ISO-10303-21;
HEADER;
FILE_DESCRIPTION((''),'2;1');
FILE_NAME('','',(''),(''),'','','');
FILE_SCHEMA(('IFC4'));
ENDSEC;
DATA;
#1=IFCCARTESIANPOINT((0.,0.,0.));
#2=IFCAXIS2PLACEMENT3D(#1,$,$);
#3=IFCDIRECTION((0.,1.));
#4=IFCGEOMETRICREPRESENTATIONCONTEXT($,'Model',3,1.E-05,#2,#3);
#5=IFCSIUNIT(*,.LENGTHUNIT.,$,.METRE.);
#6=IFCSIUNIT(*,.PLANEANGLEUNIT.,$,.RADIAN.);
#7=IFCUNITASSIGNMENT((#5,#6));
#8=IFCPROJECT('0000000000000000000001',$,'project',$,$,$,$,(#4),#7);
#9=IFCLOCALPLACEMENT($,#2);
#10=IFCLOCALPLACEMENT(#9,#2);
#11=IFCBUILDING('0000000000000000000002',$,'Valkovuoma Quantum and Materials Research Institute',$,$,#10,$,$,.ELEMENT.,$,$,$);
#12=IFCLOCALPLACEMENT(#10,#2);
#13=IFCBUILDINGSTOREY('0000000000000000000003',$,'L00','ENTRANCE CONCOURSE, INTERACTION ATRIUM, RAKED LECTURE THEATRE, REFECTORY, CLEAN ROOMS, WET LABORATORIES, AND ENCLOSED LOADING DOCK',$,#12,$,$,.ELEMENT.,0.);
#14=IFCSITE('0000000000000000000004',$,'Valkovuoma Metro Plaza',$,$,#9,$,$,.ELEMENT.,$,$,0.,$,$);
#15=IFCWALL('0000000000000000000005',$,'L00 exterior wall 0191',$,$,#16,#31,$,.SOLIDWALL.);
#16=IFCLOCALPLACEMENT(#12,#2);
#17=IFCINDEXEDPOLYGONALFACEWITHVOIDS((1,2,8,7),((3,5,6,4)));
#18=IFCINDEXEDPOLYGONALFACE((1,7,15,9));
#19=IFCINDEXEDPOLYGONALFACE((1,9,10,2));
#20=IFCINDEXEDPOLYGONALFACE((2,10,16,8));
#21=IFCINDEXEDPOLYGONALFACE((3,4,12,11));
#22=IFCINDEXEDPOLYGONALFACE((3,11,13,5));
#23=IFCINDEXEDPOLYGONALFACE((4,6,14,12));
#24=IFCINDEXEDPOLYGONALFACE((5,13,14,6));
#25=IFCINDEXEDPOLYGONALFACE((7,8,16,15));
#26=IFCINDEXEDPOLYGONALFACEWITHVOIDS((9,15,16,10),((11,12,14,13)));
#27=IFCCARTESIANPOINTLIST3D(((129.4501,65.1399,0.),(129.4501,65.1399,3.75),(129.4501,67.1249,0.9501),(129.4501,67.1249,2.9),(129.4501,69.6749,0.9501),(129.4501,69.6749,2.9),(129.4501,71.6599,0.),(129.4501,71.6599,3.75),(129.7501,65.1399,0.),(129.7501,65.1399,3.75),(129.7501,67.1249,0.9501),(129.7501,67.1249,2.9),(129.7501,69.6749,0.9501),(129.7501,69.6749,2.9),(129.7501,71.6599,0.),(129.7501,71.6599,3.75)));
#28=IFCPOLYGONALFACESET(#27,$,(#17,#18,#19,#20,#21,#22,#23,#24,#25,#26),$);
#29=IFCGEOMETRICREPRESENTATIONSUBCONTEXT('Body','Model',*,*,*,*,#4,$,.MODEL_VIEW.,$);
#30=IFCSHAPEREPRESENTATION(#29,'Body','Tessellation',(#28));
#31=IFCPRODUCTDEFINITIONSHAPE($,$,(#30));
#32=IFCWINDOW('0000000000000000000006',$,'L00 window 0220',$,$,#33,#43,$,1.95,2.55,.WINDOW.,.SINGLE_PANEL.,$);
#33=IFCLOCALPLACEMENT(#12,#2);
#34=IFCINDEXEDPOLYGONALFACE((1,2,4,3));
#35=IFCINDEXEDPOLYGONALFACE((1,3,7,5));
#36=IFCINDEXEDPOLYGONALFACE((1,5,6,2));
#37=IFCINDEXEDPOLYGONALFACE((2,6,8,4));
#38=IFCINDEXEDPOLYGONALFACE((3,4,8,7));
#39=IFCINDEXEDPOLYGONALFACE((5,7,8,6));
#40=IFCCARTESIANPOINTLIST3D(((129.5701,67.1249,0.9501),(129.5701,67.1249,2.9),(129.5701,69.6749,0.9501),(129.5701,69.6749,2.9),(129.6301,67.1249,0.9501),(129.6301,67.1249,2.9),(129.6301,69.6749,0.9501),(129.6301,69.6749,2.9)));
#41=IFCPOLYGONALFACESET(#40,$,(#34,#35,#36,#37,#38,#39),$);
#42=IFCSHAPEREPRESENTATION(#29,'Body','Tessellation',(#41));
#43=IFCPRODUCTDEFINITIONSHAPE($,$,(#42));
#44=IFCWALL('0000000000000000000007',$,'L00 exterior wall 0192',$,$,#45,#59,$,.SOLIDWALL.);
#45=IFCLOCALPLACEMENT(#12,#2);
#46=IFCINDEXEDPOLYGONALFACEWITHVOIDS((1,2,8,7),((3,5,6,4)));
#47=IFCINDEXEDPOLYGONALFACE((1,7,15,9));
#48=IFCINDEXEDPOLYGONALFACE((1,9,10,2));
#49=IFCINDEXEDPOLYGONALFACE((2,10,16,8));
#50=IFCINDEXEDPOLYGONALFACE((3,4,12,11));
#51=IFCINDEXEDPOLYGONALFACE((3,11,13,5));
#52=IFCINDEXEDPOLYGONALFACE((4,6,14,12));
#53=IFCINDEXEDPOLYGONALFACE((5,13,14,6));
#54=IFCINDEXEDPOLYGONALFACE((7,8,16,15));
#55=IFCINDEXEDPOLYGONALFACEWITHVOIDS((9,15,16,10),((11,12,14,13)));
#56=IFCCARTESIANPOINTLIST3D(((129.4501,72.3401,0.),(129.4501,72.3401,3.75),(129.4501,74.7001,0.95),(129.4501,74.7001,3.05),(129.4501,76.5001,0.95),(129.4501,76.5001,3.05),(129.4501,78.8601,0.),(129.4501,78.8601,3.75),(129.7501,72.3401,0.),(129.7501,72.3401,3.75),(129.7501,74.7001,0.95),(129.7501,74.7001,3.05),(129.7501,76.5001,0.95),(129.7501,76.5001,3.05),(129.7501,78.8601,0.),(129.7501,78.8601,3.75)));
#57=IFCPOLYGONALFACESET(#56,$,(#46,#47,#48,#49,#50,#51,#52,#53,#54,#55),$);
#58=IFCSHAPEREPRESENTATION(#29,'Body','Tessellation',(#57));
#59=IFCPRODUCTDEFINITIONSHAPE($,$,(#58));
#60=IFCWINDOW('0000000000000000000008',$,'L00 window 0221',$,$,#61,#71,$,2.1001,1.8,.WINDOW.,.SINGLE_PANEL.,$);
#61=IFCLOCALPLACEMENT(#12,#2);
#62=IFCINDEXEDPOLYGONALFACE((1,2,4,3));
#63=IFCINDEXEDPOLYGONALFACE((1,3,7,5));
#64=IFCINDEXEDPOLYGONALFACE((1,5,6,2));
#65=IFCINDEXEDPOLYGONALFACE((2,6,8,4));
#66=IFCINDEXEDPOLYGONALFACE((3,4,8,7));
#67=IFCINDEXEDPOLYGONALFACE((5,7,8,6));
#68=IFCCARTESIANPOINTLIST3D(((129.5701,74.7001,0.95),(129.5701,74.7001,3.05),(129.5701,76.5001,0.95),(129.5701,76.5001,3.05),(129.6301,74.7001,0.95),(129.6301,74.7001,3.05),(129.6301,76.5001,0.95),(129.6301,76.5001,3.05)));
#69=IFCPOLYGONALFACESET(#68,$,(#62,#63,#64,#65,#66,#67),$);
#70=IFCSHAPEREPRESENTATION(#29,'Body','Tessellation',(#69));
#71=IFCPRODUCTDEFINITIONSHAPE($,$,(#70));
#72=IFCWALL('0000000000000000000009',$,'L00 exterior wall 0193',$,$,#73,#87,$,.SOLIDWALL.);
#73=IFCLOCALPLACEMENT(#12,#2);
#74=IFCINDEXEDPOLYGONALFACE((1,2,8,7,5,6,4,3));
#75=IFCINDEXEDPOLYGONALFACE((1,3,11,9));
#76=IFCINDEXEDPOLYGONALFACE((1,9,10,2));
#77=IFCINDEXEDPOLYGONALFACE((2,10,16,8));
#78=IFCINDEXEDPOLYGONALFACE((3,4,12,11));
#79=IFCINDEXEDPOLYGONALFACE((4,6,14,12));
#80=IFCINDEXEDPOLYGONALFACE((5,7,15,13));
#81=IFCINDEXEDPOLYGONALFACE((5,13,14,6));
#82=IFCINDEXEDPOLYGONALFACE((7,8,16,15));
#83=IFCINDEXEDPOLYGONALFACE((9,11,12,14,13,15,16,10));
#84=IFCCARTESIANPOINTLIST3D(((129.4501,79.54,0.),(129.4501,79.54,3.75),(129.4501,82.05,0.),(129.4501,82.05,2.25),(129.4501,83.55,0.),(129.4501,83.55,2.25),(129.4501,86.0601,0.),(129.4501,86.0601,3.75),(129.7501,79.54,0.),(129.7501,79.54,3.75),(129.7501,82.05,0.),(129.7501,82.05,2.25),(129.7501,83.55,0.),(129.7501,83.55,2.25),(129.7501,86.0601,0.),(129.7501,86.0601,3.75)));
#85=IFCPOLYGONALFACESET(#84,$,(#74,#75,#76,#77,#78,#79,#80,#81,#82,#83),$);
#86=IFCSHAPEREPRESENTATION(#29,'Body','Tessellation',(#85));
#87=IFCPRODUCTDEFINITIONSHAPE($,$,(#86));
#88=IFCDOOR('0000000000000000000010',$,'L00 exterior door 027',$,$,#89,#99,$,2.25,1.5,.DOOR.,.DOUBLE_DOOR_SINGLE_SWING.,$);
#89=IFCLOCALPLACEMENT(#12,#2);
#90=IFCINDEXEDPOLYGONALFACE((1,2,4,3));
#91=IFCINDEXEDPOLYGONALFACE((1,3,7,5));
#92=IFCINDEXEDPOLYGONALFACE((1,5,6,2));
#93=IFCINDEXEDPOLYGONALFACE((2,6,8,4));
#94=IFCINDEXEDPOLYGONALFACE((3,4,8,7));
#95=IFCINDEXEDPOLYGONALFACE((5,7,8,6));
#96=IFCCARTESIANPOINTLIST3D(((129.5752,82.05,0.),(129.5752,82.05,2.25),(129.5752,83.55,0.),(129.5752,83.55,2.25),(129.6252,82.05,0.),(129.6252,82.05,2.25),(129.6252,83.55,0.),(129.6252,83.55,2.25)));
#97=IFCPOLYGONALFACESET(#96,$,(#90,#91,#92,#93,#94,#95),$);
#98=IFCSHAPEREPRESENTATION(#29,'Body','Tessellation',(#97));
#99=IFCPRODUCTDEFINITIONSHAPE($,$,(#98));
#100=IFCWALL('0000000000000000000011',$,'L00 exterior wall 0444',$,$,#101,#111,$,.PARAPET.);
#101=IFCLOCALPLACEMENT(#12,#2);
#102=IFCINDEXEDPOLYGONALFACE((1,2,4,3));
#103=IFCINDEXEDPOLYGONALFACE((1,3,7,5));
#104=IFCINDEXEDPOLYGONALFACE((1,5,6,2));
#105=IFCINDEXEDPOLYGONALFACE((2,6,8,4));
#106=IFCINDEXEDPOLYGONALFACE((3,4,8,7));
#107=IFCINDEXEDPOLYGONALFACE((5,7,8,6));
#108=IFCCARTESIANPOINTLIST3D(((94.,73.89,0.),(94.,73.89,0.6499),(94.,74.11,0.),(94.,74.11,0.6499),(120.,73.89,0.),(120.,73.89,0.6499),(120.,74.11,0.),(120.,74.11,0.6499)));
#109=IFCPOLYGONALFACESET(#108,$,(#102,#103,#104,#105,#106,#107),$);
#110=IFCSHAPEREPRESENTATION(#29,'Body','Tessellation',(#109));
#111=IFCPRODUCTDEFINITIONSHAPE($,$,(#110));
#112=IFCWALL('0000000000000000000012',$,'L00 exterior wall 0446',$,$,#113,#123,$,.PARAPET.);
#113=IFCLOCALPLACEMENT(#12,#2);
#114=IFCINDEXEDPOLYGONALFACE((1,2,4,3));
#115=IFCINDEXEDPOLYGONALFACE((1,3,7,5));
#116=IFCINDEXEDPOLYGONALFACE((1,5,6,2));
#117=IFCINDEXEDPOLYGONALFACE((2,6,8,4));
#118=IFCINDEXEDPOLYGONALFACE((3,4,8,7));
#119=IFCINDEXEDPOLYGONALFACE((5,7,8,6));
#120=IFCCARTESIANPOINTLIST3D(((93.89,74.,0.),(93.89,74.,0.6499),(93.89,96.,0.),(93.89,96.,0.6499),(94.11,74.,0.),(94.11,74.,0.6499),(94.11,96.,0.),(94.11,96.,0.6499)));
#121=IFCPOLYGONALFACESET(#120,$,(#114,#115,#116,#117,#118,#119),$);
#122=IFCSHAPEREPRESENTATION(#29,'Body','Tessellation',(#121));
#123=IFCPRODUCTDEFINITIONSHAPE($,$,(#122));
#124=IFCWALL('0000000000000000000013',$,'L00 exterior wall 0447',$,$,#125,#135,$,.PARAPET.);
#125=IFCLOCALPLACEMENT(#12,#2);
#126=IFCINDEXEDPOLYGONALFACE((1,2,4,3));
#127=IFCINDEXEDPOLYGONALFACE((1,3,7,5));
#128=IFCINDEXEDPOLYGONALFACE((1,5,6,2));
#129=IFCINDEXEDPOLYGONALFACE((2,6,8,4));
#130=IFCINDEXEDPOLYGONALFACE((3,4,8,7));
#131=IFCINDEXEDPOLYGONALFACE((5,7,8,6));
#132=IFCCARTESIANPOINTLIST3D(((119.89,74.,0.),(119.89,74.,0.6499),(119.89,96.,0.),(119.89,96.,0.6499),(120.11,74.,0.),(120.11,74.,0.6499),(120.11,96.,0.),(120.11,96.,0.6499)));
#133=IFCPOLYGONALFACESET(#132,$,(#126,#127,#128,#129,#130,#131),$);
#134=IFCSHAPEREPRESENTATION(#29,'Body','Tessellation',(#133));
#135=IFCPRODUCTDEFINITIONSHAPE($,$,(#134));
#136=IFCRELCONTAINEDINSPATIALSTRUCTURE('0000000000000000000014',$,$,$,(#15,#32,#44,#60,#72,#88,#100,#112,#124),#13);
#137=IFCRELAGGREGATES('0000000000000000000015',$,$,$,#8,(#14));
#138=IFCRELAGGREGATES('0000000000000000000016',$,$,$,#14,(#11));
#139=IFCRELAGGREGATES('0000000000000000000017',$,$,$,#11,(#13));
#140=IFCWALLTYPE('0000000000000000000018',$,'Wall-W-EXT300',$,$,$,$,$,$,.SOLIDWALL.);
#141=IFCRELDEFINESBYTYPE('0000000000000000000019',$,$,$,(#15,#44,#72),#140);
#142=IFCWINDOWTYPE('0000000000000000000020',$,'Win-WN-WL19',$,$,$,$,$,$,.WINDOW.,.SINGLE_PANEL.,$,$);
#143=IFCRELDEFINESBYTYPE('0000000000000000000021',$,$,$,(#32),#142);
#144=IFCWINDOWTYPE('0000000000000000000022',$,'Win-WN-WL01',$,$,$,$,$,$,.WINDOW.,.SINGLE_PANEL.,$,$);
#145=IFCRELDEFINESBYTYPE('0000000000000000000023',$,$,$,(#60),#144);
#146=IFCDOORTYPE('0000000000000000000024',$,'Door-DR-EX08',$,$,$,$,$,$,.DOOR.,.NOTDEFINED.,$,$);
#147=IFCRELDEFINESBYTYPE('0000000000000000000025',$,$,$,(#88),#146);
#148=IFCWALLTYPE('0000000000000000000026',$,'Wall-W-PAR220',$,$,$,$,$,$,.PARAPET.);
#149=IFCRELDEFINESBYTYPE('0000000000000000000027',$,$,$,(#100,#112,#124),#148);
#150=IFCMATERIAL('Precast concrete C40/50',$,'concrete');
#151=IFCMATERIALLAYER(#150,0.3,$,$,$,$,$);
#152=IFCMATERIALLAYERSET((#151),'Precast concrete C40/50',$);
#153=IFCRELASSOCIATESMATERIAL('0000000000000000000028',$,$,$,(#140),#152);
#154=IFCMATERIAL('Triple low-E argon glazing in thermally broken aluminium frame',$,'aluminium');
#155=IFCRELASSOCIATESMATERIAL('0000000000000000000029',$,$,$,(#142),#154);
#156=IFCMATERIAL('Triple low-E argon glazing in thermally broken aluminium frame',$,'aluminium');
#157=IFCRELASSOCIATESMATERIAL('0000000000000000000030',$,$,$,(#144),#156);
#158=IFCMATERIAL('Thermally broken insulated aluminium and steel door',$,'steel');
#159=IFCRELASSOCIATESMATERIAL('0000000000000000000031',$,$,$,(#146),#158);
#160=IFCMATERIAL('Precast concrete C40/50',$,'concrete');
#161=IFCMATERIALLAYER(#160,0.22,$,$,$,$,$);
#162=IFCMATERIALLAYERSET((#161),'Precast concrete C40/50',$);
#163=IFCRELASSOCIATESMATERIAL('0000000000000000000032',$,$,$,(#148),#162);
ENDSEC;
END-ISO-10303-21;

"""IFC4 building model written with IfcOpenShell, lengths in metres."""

from ifc_helpers import new_model, si_unit, direction, frame, frame_2d, origin, place, context, subcontext, project, spatial, rectangle, extrude, material, layer, layer_set, type_object, element, fill, save


model = new_model("IFC4")

# Units and contexts
model_context = context("Model", 3, precision=1e-05, world=origin(), true_north=direction((0.0, 1.0)))
body_context = subcontext(model_context, "Body", "Model", "MODEL_VIEW")
ifc_project = project(units=[si_unit("LENGTHUNIT", "METRE"), si_unit("PLANEANGLEUNIT", "RADIAN")], contexts=[model_context])

# Site, building, storey
site_placement = place(None, origin())
site = spatial("IfcSite", under=ifc_project, at=site_placement, Name="Valkovuoma Metro Plaza", CompositionType="ELEMENT", RefElevation=0.0)
building_placement = place(site_placement, origin())
building = spatial("IfcBuilding", under=site, at=building_placement, Name="Valkovuoma Quantum and Materials Research Institute", CompositionType="ELEMENT")
storey_placement = place(building_placement, origin())
storey = spatial("IfcBuildingStorey", under=building, at=storey_placement, Name="L00", Description="ENTRANCE CONCOURSE, INTERACTION ATRIUM, RAKED LECTURE THEATRE, REFECTORY, CLEAN ROOMS, WET LABORATORIES, AND ENCLOSED LOADING DOCK", CompositionType="ELEMENT", Elevation=0.0)

# Walls, openings, windows
ifc_material_1 = material(Name="Precast concrete C40/50", Category="concrete")
ifc_layer_1 = layer(ifc_material_1, 0.3)
ifc_layer_set_1 = layer_set([ifc_layer_1], Name="Precast concrete C40/50")
wall_type_1 = type_object("IfcWallType", Name="Wall-W-EXT300", PredefinedType="SOLIDWALL", material=ifc_layer_set_1)
wall_1_placement = place(storey_placement, frame((129.6001, 65.1399, 0.0), z_axis=(0.0, 0.0, 1.0), x_axis=(0.0, 1.0, 0.0)))
wall_1 = element("IfcWall", 1, at=wall_1_placement, inside=storey, type_object=wall_type_1, Name="L00 exterior wall 0191", PredefinedType="SOLIDWALL", context=body_context, shape_type="SweptSolid", body=[
    extrude(rectangle(XDim=6.52, YDim=0.3, at=frame_2d((3.26, 0.0))), origin(), (0.0, 0.0, 1.0), 3.75),
])
opening_1_placement = place(wall_1_placement, frame((1.9851, 0.0, 0.95)))
opening_1 = element("IfcOpeningElement", 2, at=opening_1_placement, cuts=wall_1, PredefinedType="OPENING", context=body_context, shape_type="SweptSolid", body=[
    extrude(rectangle(XDim=2.55, YDim=1.95, at=frame_2d((1.2749, 0.9751))), frame((0.0, 0.1602, 0.0), z_axis=(0.0, -1.0, 0.0), x_axis=(1.0, 0.0, 0.0)), (0.0, 0.0, 1.0), 0.3201),
])
ifc_material_2 = material(Name="Triple low-E argon glazing in thermally broken aluminium frame", Category="aluminium")
window_type_1 = type_object("IfcWindowType", Name="Win-WN-WL19", PartitioningType="SINGLE_PANEL", PredefinedType="WINDOW", material=ifc_material_2)
window_1_placement = place(opening_1_placement, origin())
window_1 = element("IfcWindow", 3, at=window_1_placement, inside=storey, type_object=window_type_1, Name="L00 window 0220", OverallHeight=1.95, OverallWidth=2.55, PartitioningType="SINGLE_PANEL", PredefinedType="WINDOW", context=body_context, shape_type="SweptSolid", body=[
    extrude(rectangle(XDim=2.55, YDim=1.95, at=frame_2d((1.2749, 0.9751))), frame((0.0, 0.03, 0.0), z_axis=(0.0, -1.0, 0.0), x_axis=(1.0, 0.0, 0.0)), (0.0, 0.0, 1.0), 0.0601),
])
fill(opening_1, window_1)
wall_2_placement = place(storey_placement, frame((129.6001, 72.3401, 0.0), z_axis=(0.0, 0.0, 1.0), x_axis=(0.0, 1.0, 0.0)))
wall_2 = element("IfcWall", 4, at=wall_2_placement, inside=storey, type_object=wall_type_1, Name="L00 exterior wall 0192", PredefinedType="SOLIDWALL", context=body_context, shape_type="SweptSolid", body=[
    extrude(rectangle(XDim=6.52, YDim=0.3, at=frame_2d((3.26, 0.0))), origin(), (0.0, 0.0, 1.0), 3.75),
])
opening_2_placement = place(wall_2_placement, frame((2.3601, 0.0, 0.95)))
opening_2 = element("IfcOpeningElement", 5, at=opening_2_placement, cuts=wall_2, PredefinedType="OPENING", context=body_context, shape_type="SweptSolid", body=[
    extrude(rectangle(XDim=1.8, YDim=2.1001, at=frame_2d((0.8999, 1.05))), frame((0.0, 0.1602, 0.0), z_axis=(0.0, -1.0, 0.0), x_axis=(1.0, 0.0, 0.0)), (0.0, 0.0, 1.0), 0.3201),
])
ifc_material_3 = material(Name="Triple low-E argon glazing in thermally broken aluminium frame", Category="aluminium")
window_type_2 = type_object("IfcWindowType", Name="Win-WN-WL01", PartitioningType="SINGLE_PANEL", PredefinedType="WINDOW", material=ifc_material_3)
window_2_placement = place(opening_2_placement, origin())
window_2 = element("IfcWindow", 6, at=window_2_placement, inside=storey, type_object=window_type_2, Name="L00 window 0221", OverallHeight=2.1001, OverallWidth=1.8, PartitioningType="SINGLE_PANEL", PredefinedType="WINDOW", context=body_context, shape_type="SweptSolid", body=[
    extrude(rectangle(XDim=1.8, YDim=2.1001, at=frame_2d((0.8999, 1.05))), frame((0.0, 0.03, 0.0), z_axis=(0.0, -1.0, 0.0), x_axis=(1.0, 0.0, 0.0)), (0.0, 0.0, 1.0), 0.0601),
])
fill(opening_2, window_2)

# Wall, opening, door
wall_3_placement = place(storey_placement, frame((129.6001, 79.54, 0.0), z_axis=(0.0, 0.0, 1.0), x_axis=(0.0, 1.0, 0.0)))
wall_3 = element("IfcWall", 7, at=wall_3_placement, inside=storey, type_object=wall_type_1, Name="L00 exterior wall 0193", PredefinedType="SOLIDWALL", context=body_context, shape_type="SweptSolid", body=[
    extrude(rectangle(XDim=6.52, YDim=0.3, at=frame_2d((3.26, 0.0))), origin(), (0.0, 0.0, 1.0), 3.75),
])
opening_3_placement = place(wall_3_placement, frame((2.51, 0.0, 0.0)))
opening_3 = element("IfcOpeningElement", 8, at=opening_3_placement, cuts=wall_3, PredefinedType="OPENING", context=body_context, shape_type="SweptSolid", body=[
    extrude(rectangle(XDim=1.5, YDim=2.25, at=frame_2d((0.75, 1.125))), frame((0.0, 0.1602, 0.0), z_axis=(0.0, -1.0, 0.0), x_axis=(1.0, 0.0, 0.0)), (0.0, 0.0, 1.0), 0.3201),
])
ifc_material_4 = material(Name="Thermally broken insulated aluminium and steel door", Category="steel")
door_type = type_object("IfcDoorType", Name="Door-DR-EX08", OperationType="NOTDEFINED", PredefinedType="DOOR", material=ifc_material_4)
door_placement = place(opening_3_placement, origin())
door = element("IfcDoor", 9, at=door_placement, inside=storey, type_object=door_type, Name="L00 exterior door 027", OperationType="DOUBLE_DOOR_SINGLE_SWING", OverallHeight=2.25, OverallWidth=1.5, PredefinedType="DOOR", context=body_context, shape_type="SweptSolid", body=[
    extrude(rectangle(XDim=1.5, YDim=2.25, at=frame_2d((0.75, 1.125))), frame((0.0, 0.0249, 0.0), z_axis=(0.0, -1.0, 0.0), x_axis=(1.0, 0.0, 0.0)), (0.0, 0.0, 1.0), 0.05),
])
fill(opening_3, door)

# Walls
ifc_material_5 = material(Name="Precast concrete C40/50", Category="concrete")
ifc_layer_2 = layer(ifc_material_5, 0.22)
ifc_layer_set_2 = layer_set([ifc_layer_2], Name="Precast concrete C40/50")
wall_type_2 = type_object("IfcWallType", Name="Wall-W-PAR220", PredefinedType="PARAPET", material=ifc_layer_set_2)
wall_4_placement = place(storey_placement, frame((94.0, 74.0, 0.0), z_axis=(0.0, 0.0, 1.0), x_axis=(1.0, 0.0, 0.0)))
element("IfcWall", 10, at=wall_4_placement, inside=storey, type_object=wall_type_2, Name="L00 exterior wall 0444", PredefinedType="PARAPET", context=body_context, shape_type="SweptSolid", body=[
    extrude(rectangle(XDim=26.0, YDim=0.22, at=frame_2d((13.0, 0.0))), origin(), (0.0, 0.0, 1.0), 0.6499),
])
for number, where, z_axis, x_axis, name in (
    (11, (94.0, 74.0, 0.0), (0.0, 0.0, 1.0), (0.0, 1.0, 0.0), "L00 exterior wall 0446"),
    (12, (120.0, 74.0, 0.0), (0.0, 0.0, 1.0), (0.0, 1.0, 0.0), "L00 exterior wall 0447"),
):
    element("IfcWall", number, at=place(storey_placement, frame(where, z_axis=z_axis, x_axis=x_axis)), inside=storey, type_object=wall_type_2, Name=name, PredefinedType="PARAPET", context=body_context, shape_type="SweptSolid", body=[
        extrude(rectangle(XDim=22.0, YDim=0.22, at=frame_2d((11.0, 0.0))), origin(), (0.0, 0.0, 1.0), 0.6499),
    ])

save(model, "model.ifc")
